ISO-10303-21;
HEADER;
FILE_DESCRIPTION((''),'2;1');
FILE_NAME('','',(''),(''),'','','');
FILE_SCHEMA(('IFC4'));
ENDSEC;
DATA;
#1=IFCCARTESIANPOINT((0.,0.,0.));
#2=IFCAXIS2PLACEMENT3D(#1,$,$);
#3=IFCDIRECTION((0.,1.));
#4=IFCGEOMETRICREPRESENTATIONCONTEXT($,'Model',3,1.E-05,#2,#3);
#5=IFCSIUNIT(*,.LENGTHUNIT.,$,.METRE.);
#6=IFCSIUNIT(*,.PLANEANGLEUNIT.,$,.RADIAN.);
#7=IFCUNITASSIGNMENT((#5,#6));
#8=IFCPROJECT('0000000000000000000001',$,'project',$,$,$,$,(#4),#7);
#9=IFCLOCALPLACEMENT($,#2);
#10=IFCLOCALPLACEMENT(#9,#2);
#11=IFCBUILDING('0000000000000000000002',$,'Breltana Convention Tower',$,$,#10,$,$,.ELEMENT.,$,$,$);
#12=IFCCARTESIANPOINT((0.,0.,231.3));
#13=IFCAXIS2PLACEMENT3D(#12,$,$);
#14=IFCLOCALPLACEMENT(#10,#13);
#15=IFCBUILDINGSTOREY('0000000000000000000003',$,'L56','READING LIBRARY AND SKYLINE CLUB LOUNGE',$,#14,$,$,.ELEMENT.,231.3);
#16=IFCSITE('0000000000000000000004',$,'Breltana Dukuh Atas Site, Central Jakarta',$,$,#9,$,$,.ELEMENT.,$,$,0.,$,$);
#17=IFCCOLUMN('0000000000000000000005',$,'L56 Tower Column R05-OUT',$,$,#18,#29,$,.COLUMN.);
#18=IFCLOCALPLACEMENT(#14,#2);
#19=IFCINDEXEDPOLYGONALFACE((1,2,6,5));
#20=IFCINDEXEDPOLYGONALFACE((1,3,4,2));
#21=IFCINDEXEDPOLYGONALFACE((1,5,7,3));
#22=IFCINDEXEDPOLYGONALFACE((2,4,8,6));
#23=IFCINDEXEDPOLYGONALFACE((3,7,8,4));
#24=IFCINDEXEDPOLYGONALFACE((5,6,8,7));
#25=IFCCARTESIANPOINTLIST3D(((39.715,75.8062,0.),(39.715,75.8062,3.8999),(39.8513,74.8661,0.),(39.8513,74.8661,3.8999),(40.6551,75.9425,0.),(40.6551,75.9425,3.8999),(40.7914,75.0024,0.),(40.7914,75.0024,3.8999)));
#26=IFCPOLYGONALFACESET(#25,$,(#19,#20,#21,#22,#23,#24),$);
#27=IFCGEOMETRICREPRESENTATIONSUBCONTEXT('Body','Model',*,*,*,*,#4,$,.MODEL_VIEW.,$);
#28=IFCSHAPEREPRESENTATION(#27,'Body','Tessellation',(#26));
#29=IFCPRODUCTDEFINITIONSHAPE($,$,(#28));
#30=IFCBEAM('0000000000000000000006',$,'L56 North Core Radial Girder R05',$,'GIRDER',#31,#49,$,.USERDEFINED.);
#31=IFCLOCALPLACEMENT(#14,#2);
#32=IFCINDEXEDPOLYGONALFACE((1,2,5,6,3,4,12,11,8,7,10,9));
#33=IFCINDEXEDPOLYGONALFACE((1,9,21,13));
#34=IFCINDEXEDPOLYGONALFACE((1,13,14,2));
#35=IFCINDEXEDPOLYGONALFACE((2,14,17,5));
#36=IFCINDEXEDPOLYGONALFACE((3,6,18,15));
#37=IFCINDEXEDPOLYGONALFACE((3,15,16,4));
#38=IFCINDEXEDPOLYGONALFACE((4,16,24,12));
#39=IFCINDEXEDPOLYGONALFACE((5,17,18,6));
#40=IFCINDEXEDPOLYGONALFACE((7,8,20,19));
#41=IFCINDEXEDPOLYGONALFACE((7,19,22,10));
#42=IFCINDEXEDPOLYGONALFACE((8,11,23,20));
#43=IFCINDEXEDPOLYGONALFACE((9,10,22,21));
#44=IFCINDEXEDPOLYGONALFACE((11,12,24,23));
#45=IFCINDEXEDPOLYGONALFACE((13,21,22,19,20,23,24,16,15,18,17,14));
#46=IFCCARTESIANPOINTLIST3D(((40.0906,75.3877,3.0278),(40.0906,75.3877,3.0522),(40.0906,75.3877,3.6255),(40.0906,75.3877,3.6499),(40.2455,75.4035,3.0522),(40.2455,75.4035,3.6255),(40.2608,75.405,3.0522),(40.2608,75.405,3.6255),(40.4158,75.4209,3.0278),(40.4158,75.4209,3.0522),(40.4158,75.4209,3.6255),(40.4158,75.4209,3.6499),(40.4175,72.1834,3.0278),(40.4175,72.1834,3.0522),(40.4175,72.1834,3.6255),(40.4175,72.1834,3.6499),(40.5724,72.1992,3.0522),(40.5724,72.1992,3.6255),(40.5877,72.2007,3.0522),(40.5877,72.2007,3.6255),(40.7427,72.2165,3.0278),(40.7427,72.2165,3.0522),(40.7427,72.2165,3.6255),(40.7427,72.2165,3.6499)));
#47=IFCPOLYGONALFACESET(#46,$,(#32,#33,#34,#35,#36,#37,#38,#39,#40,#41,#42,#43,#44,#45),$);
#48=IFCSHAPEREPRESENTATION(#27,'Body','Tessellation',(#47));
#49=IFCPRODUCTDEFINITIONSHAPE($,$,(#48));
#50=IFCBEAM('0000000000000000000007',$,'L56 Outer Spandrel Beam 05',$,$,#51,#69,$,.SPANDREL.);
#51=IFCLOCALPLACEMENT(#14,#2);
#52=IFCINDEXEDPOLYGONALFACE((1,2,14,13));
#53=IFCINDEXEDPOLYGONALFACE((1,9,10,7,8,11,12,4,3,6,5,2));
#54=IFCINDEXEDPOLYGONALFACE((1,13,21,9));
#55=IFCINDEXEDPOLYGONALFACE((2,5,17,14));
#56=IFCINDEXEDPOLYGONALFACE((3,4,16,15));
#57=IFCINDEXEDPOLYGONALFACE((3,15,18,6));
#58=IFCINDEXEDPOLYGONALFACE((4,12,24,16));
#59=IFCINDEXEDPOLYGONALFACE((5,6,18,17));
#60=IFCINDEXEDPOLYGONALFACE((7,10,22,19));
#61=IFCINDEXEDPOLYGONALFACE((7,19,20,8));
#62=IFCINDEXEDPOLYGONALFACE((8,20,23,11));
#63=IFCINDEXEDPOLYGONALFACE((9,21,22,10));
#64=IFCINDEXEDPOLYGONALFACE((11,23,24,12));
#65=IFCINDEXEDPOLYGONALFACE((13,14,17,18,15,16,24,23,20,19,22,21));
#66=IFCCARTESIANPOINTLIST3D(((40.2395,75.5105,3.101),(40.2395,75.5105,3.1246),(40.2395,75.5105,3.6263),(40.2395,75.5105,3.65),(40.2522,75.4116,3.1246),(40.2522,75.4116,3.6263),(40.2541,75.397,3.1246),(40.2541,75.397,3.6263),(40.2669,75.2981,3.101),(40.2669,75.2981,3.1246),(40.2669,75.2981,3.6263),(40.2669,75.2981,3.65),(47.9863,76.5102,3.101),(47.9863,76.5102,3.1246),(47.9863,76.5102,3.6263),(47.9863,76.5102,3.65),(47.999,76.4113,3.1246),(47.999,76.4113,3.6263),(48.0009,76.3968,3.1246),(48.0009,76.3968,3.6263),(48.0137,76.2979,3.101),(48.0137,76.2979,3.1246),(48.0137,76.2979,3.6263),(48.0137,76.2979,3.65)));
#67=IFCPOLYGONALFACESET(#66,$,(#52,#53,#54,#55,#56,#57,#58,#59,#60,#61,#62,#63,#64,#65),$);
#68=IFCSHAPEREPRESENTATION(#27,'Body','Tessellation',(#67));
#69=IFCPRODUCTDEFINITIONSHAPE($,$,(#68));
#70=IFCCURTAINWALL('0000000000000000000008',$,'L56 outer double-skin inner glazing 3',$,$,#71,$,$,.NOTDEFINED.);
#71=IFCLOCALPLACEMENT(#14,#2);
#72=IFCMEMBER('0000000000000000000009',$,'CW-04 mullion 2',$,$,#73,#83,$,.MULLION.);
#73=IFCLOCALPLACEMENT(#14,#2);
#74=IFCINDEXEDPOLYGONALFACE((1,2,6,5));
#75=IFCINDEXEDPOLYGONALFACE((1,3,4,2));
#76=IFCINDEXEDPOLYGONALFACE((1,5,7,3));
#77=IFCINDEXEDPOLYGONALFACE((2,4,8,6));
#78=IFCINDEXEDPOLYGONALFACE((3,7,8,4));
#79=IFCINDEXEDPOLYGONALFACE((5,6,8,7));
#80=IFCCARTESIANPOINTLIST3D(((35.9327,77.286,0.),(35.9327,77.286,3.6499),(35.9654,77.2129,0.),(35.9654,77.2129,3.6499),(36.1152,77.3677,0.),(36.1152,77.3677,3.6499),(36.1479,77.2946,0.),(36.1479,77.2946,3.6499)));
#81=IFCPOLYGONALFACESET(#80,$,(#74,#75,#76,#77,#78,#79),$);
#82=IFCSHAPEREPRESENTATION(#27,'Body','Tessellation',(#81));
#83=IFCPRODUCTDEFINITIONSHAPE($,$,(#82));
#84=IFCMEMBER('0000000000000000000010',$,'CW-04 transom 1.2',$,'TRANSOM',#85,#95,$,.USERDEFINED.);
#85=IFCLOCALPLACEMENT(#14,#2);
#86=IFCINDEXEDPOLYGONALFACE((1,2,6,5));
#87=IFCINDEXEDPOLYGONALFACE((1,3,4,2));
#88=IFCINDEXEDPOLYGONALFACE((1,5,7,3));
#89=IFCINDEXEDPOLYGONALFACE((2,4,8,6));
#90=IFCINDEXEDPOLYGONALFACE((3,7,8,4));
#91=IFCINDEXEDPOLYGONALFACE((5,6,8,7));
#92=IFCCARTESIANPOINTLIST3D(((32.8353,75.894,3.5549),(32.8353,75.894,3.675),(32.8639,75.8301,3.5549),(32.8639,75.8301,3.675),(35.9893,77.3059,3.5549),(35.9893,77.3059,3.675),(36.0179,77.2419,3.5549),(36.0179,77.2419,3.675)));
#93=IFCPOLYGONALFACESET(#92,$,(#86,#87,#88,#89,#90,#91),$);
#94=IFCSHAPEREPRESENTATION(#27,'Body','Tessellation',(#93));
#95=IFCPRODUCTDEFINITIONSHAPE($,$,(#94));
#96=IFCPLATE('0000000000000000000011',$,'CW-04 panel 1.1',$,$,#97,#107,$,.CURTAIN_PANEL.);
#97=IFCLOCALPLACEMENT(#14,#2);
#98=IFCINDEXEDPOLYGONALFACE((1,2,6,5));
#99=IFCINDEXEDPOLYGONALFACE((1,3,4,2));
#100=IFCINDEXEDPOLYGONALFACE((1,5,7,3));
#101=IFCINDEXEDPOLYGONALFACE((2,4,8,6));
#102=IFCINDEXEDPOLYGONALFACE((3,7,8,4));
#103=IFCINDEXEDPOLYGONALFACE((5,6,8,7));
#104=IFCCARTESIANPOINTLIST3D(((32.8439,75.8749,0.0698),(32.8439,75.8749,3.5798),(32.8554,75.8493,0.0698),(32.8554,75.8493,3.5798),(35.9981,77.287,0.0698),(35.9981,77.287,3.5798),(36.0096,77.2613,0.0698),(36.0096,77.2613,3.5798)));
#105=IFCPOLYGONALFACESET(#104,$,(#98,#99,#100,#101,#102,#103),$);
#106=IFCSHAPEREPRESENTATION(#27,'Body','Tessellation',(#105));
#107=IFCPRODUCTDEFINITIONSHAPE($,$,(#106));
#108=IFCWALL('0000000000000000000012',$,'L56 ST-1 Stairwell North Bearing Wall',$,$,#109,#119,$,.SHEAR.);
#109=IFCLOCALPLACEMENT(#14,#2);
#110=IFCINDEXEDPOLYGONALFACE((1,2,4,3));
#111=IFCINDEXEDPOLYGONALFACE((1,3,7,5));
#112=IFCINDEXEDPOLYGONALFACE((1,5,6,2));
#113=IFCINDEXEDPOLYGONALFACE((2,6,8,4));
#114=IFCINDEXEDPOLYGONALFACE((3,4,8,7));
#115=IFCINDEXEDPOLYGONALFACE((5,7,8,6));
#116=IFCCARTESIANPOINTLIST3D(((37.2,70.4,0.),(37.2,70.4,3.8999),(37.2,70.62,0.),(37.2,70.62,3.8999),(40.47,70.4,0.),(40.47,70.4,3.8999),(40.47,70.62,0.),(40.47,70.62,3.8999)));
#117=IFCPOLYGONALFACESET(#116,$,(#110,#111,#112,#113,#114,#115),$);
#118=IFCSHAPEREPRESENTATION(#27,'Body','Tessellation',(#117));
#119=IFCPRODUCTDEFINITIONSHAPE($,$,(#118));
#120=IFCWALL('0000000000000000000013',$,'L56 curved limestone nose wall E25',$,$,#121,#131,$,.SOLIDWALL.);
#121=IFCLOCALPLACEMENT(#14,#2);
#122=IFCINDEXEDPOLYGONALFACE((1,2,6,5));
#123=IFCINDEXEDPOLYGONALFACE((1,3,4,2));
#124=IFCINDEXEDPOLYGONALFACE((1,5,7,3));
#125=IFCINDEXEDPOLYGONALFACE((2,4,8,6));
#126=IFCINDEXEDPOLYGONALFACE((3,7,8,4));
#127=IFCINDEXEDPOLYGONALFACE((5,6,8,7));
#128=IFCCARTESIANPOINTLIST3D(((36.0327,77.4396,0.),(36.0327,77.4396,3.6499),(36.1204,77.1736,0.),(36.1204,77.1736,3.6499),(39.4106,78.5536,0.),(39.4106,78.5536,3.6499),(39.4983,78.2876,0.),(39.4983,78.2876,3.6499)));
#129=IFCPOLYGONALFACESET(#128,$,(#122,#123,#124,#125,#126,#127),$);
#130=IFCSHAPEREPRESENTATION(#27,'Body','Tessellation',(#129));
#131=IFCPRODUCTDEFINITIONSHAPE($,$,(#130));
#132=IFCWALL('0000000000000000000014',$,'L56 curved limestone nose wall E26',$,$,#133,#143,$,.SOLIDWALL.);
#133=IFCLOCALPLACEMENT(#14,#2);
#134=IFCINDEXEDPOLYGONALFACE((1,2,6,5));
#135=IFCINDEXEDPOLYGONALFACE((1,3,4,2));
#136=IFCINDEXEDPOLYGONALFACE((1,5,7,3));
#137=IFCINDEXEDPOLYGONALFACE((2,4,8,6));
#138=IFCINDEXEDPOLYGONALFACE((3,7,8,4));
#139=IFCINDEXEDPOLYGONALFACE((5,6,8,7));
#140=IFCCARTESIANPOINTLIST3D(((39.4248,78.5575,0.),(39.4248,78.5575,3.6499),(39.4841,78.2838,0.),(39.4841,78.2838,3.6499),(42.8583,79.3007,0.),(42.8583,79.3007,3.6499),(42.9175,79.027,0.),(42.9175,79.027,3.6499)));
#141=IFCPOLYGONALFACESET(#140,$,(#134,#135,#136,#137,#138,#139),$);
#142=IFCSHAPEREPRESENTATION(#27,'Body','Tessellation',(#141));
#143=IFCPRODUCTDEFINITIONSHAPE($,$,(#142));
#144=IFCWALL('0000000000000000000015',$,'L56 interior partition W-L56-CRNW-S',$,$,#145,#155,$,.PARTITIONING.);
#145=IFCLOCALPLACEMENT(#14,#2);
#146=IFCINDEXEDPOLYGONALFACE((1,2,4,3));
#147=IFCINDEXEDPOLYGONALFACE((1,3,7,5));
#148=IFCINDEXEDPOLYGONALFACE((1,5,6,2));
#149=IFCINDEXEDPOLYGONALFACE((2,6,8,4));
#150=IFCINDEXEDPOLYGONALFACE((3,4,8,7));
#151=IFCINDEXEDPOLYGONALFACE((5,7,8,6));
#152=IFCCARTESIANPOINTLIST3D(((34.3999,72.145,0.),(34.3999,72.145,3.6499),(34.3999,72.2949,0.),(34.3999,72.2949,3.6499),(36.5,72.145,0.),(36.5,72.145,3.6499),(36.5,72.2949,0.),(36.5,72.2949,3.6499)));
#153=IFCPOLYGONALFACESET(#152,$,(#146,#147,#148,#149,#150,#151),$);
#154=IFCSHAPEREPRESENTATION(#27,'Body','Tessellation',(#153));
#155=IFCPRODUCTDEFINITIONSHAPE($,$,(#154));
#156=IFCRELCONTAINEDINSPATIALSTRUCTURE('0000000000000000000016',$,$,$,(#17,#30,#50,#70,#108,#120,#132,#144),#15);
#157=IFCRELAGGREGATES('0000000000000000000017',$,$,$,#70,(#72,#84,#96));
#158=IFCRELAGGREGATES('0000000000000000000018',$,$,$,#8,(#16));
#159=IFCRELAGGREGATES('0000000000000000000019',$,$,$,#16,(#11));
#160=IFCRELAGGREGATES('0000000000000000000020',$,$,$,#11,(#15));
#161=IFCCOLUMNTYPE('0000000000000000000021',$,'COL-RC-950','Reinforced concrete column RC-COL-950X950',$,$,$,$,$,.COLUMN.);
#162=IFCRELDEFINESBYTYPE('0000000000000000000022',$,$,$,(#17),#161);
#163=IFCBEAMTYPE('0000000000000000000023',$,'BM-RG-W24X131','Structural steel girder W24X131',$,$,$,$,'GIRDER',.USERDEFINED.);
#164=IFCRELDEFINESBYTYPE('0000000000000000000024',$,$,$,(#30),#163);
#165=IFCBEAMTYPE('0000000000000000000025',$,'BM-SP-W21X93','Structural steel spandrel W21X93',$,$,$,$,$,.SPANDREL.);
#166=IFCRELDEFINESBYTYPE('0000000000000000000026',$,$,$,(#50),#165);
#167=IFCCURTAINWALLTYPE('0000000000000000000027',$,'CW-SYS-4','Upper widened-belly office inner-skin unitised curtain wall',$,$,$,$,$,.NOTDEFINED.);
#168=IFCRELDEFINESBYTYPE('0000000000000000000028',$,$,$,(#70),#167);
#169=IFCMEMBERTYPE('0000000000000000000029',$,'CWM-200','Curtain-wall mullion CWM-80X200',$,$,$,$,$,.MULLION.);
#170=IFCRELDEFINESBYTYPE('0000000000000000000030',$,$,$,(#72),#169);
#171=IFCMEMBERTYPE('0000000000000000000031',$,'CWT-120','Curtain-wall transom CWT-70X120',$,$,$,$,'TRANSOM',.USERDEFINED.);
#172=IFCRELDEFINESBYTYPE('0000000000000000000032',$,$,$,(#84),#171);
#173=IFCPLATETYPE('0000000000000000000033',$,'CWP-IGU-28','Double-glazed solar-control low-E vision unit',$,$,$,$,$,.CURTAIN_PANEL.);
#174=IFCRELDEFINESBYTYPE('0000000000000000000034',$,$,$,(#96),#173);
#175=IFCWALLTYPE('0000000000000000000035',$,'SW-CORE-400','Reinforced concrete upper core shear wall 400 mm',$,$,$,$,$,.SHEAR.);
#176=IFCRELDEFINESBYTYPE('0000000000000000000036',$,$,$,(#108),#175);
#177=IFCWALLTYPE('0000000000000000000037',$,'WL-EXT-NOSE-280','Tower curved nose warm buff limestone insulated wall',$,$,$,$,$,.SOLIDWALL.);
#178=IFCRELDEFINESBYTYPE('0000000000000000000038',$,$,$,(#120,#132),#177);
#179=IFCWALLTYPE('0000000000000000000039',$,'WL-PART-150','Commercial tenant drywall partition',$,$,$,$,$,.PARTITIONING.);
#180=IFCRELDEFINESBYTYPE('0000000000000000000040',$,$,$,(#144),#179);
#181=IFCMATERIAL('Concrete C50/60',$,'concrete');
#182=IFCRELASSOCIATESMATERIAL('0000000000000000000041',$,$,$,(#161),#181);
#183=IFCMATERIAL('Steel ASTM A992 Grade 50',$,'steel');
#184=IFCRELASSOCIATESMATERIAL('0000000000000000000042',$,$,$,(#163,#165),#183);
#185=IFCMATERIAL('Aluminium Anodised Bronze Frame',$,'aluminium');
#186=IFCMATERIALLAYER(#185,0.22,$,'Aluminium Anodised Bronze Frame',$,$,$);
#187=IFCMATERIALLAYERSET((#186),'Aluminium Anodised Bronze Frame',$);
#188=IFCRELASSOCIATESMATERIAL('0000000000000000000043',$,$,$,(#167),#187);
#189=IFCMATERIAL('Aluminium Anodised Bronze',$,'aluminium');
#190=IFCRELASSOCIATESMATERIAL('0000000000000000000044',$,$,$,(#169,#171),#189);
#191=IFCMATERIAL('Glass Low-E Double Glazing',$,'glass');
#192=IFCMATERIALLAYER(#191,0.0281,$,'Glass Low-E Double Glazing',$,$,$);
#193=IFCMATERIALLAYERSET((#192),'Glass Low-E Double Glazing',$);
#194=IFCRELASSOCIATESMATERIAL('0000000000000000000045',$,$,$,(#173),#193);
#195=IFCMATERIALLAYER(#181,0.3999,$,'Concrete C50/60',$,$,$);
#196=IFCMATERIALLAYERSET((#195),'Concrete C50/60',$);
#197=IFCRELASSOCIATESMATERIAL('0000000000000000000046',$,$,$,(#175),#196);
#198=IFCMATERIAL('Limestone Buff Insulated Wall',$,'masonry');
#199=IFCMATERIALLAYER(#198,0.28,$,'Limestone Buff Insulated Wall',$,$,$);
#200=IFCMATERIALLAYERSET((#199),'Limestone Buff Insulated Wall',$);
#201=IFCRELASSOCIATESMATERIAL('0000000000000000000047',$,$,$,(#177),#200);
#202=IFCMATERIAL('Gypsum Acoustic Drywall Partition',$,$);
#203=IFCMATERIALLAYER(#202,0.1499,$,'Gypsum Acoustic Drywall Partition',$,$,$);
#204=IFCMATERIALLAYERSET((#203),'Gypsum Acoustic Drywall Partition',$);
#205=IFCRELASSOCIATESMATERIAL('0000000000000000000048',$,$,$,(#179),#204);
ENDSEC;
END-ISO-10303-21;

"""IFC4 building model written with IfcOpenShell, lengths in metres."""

from ifc_helpers import new_model, si_unit, direction, frame, frame_2d, origin, origin_2d, place, context, subcontext, project, spatial, rectangle, i_section, extrude, source, transform, mapped, material, layer, layer_set, material_profile, profile_set, type_object, element, aggregate, save


model = new_model("IFC4")

# Units and contexts
model_context = context("Model", 3, precision=1e-05, world=origin(), true_north=direction((0.0, 1.0)))
body_context = subcontext(model_context, "Body", "Model", "MODEL_VIEW")
ifc_project = project(units=[si_unit("LENGTHUNIT", "METRE"), si_unit("PLANEANGLEUNIT", "RADIAN")], contexts=[model_context])

# Site, building, storey
site_placement = place(None, origin())
site = spatial("IfcSite", under=ifc_project, at=site_placement, Name="Breltana Dukuh Atas Site, Central Jakarta", CompositionType="ELEMENT", RefElevation=0.0)
building_placement = place(site_placement, origin())
building = spatial("IfcBuilding", under=site, at=building_placement, Name="Breltana Convention Tower", CompositionType="ELEMENT")
storey_placement = place(building_placement, frame((0.0, 0.0, 231.3)))
storey = spatial("IfcBuildingStorey", under=building, at=storey_placement, Name="L56", Description="READING LIBRARY AND SKYLINE CLUB LOUNGE", CompositionType="ELEMENT", Elevation=231.3)

# Column
ifc_material_1 = material(Name="Concrete C50/60", Category="concrete")
ifc_material_profile_1 = material_profile(ifc_material_1, rectangle(XDim=0.95, YDim=0.95, at=origin_2d()), Name="RC-COL-950X950")
ifc_profile_set_1 = profile_set([ifc_material_profile_1], Name="Concrete C50/60")
column_type = type_object("IfcColumnType", Name="COL-RC-950", Description="Reinforced concrete column RC-COL-950X950", PredefinedType="COLUMN", material=ifc_profile_set_1)
shared_shape_1 = source(origin(), body_context, "Body", "SweptSolid", [
    extrude(rectangle(XDim=0.95, YDim=0.95, at=origin_2d()), origin(), (0.0, 0.0, 1.0), 3.8999),
])
column_placement = place(storey_placement, frame((40.2532, 75.4043, 0.0), z_axis=(0.0, 0.0, 1.0), x_axis=(-0.143493, 0.989651, 0.0)))
element("IfcColumn", 1, at=column_placement, inside=storey, type_object=column_type, Name="L56 Tower Column R05-OUT", PredefinedType="COLUMN", context=body_context, shape_type="MappedRepresentation", body=[
    mapped(shared_shape_1, transform((0.0, 0.0, 0.0), scale=1.0)),
])

# Beams
ifc_material_2 = material(Name="Steel ASTM A992 Grade 50", Category="steel")
ifc_material_profile_2 = material_profile(ifc_material_2, i_section(OverallWidth=0.3269, OverallDepth=0.6221, WebThickness=0.0154, FlangeThickness=0.0244, at=origin_2d()), Name="W24X131")
ifc_profile_set_2 = profile_set([ifc_material_profile_2], Name="Steel ASTM A992 Grade 50")
beam_type_1 = type_object("IfcBeamType", Name="BM-RG-W24X131", Description="Structural steel girder W24X131", ElementType="GIRDER", PredefinedType="USERDEFINED", material=ifc_profile_set_2)
shared_shape_2 = source(origin(), body_context, "Body", "SweptSolid", [
    extrude(i_section(OverallWidth=0.3269, OverallDepth=0.6221, WebThickness=0.0154, FlangeThickness=0.0244, at=origin_2d()), origin(), (0.0, 0.0, 1.0), 3.2209),
])
beam_1_placement = place(storey_placement, frame((40.5801, 72.2, 3.3389), z_axis=(-0.101492, 0.994836, 0.0), x_axis=(-0.994836, -0.101492, 0.0)))
element("IfcBeam", 2, at=beam_1_placement, inside=storey, type_object=beam_type_1, Name="L56 North Core Radial Girder R05", ObjectType="GIRDER", PredefinedType="USERDEFINED", context=body_context, shape_type="MappedRepresentation", body=[
    mapped(shared_shape_2, transform((0.0, 0.0, 0.0), scale=1.0)),
])
ifc_material_profile_3 = material_profile(ifc_material_2, i_section(OverallWidth=0.2141, OverallDepth=0.5491, WebThickness=0.0146, FlangeThickness=0.0237, at=origin_2d()), Name="W21X93")
ifc_profile_set_3 = profile_set([ifc_material_profile_3], Name="Steel ASTM A992 Grade 50")
beam_type_2 = type_object("IfcBeamType", Name="BM-SP-W21X93", Description="Structural steel spandrel W21X93", PredefinedType="SPANDREL", material=ifc_profile_set_3)
shared_shape_3 = source(origin(), body_context, "Body", "SweptSolid", [
    extrude(i_section(OverallWidth=0.2141, OverallDepth=0.5491, WebThickness=0.0146, FlangeThickness=0.0237, at=origin_2d()), origin(), (0.0, 0.0, 1.0), 7.811),
])
beam_2_placement = place(storey_placement, frame((40.2532, 75.4043, 3.3755), z_axis=(0.991775, 0.127992, 0.0), x_axis=(-0.127992, 0.991775, 0.0)))
element("IfcBeam", 3, at=beam_2_placement, inside=storey, type_object=beam_type_2, Name="L56 Outer Spandrel Beam 05", PredefinedType="SPANDREL", context=body_context, shape_type="MappedRepresentation", body=[
    mapped(shared_shape_3, transform((0.0, 0.0, 0.0), scale=1.0)),
])

# Curtain wall, members, plate
ifc_material_3 = material(Name="Aluminium Anodised Bronze Frame", Category="aluminium")
ifc_layer_1 = layer(ifc_material_3, 0.22, Name="Aluminium Anodised Bronze Frame")
ifc_layer_set_1 = layer_set([ifc_layer_1], Name="Aluminium Anodised Bronze Frame")
curtain_wall_type = type_object("IfcCurtainWallType", Name="CW-SYS-4", Description="Upper widened-belly office inner-skin unitised curtain wall", PredefinedType="NOTDEFINED", material=ifc_layer_set_1)
curtain_wall_placement = place(storey_placement, origin())
curtain_wall = element("IfcCurtainWall", 4, at=curtain_wall_placement, inside=storey, type_object=curtain_wall_type, Name="L56 outer double-skin inner glazing 3", PredefinedType="NOTDEFINED")
ifc_material_4 = material(Name="Aluminium Anodised Bronze", Category="aluminium")
ifc_material_profile_4 = material_profile(ifc_material_4, rectangle(XDim=0.0801, YDim=0.2, at=origin_2d()), Name="CWM-80X200")
ifc_profile_set_4 = profile_set([ifc_material_profile_4], Name="Aluminium Anodised Bronze")
member_type_1 = type_object("IfcMemberType", Name="CWM-200", Description="Curtain-wall mullion CWM-80X200", PredefinedType="MULLION", material=ifc_profile_set_4)
shared_shape_4 = source(origin(), body_context, "Body", "SweptSolid", [
    extrude(rectangle(XDim=0.0801, YDim=0.2, at=origin_2d()), origin(), (0.0, 0.0, 1.0), 3.6499),
])
member_1_placement = place(storey_placement, frame((36.0403, 77.2903, 0.0), z_axis=(0.0, 0.0, 1.0), x_axis=(-0.408606, 0.912711, 0.0)))
member_1 = element("IfcMember", 5, at=member_1_placement, type_object=member_type_1, Name="CW-04 mullion 2", PredefinedType="MULLION", context=body_context, shape_type="MappedRepresentation", body=[
    mapped(shared_shape_4, transform((0.0, 0.0, 0.0), scale=1.0)),
])
ifc_material_profile_5 = material_profile(ifc_material_4, rectangle(XDim=0.0701, YDim=0.1201, at=origin_2d()), Name="CWT-70X120")
ifc_profile_set_5 = profile_set([ifc_material_profile_5], Name="Aluminium Anodised Bronze")
member_type_2 = type_object("IfcMemberType", Name="CWT-120", Description="Curtain-wall transom CWT-70X120", ElementType="TRANSOM", PredefinedType="USERDEFINED", material=ifc_profile_set_5)
shared_shape_5 = source(origin(), body_context, "Body", "SweptSolid", [
    extrude(rectangle(XDim=0.0701, YDim=0.1201, at=origin_2d()), origin(), (0.0, 0.0, 1.0), 3.4556),
])
member_2_placement = place(storey_placement, frame((32.8496, 75.8621, 3.615), z_axis=(0.912727, 0.408569, 0.0), x_axis=(-0.408569, 0.912727, 0.0)))
member_2 = element("IfcMember", 6, at=member_2_placement, type_object=member_type_2, Name="CW-04 transom 1.2", ObjectType="TRANSOM", PredefinedType="USERDEFINED", context=body_context, shape_type="MappedRepresentation", body=[
    mapped(shared_shape_5, transform((0.0, 0.0, 0.0), scale=1.0)),
])
ifc_material_5 = material(Name="Glass Low-E Double Glazing", Category="glass")
ifc_layer_2 = layer(ifc_material_5, 0.0281, Name="Glass Low-E Double Glazing")
ifc_layer_set_2 = layer_set([ifc_layer_2], Name="Glass Low-E Double Glazing")
plate_type = type_object("IfcPlateType", Name="CWP-IGU-28", Description="Double-glazed solar-control low-E vision unit", PredefinedType="CURTAIN_PANEL", material=ifc_layer_set_2)
shared_shape_6 = source(origin(), body_context, "Body", "SweptSolid", [
    extrude(rectangle(XDim=3.4558, YDim=0.0281, at=origin_2d()), origin(), (0.0, 0.0, 1.0), 3.51),
])
plate_placement = place(storey_placement, frame((34.4268, 76.5681, 0.0698), z_axis=(0.0, 0.0, 1.0), x_axis=(0.912711, 0.408606, 0.0)))
plate = element("IfcPlate", 7, at=plate_placement, type_object=plate_type, Name="CW-04 panel 1.1", PredefinedType="CURTAIN_PANEL", context=body_context, shape_type="MappedRepresentation", body=[
    mapped(shared_shape_6, transform((0.0, 0.0, 0.0), scale=1.0)),
])
aggregate(curtain_wall, [member_1, member_2, plate])

# Wall
ifc_layer_3 = layer(ifc_material_1, 0.3999, Name="Concrete C50/60")
ifc_layer_set_3 = layer_set([ifc_layer_3], Name="Concrete C50/60")
wall_type_1 = type_object("IfcWallType", Name="SW-CORE-400", Description="Reinforced concrete upper core shear wall 400 mm", PredefinedType="SHEAR", material=ifc_layer_set_3)
shared_shape_7 = source(origin(), body_context, "Body", "SweptSolid", [
    extrude(rectangle(XDim=3.27, YDim=0.22, at=frame_2d((1.635, 0.0))), origin(), (0.0, 0.0, 1.0), 3.8999),
])
wall_1_placement = place(storey_placement, frame((37.2, 70.51, 0.0), z_axis=(0.0, 0.0, 1.0), x_axis=(1.0, 0.0, 0.0)))
element("IfcWall", 8, at=wall_1_placement, inside=storey, type_object=wall_type_1, Name="L56 ST-1 Stairwell North Bearing Wall", PredefinedType="SHEAR", context=body_context, shape_type="MappedRepresentation", body=[
    mapped(shared_shape_7, transform((0.0, 0.0, 0.0), scale=1.0)),
])

# Walls
ifc_material_6 = material(Name="Limestone Buff Insulated Wall", Category="masonry")
ifc_layer_4 = layer(ifc_material_6, 0.28, Name="Limestone Buff Insulated Wall")
ifc_layer_set_4 = layer_set([ifc_layer_4], Name="Limestone Buff Insulated Wall")
wall_type_2 = type_object("IfcWallType", Name="WL-EXT-NOSE-280", Description="Tower curved nose warm buff limestone insulated wall", PredefinedType="SOLIDWALL", material=ifc_layer_set_4)
shared_shape_8 = source(origin(), body_context, "Body", "SweptSolid", [
    extrude(rectangle(XDim=3.5569, YDim=0.28, at=frame_2d((1.7783, 0.0))), origin(), (0.0, 0.0, 1.0), 3.6499),
])
wall_2_placement = place(storey_placement, frame((36.0767, 77.3066, 0.0), z_axis=(0.0, 0.0, 1.0), x_axis=(0.949687, 0.313199, 0.0)))
element("IfcWall", 9, at=wall_2_placement, inside=storey, type_object=wall_type_2, Name="L56 curved limestone nose wall E25", PredefinedType="SOLIDWALL", context=body_context, shape_type="MappedRepresentation", body=[
    mapped(shared_shape_8, transform((0.0, 0.0, 0.0), scale=1.0)),
])
shared_shape_9 = source(origin(), body_context, "Body", "SweptSolid", [
    extrude(rectangle(XDim=3.5129, YDim=0.28, at=frame_2d((1.7563, 0.0))), origin(), (0.0, 0.0, 1.0), 3.6499),
])
wall_3_placement = place(storey_placement, frame((39.4546, 78.4207, 0.0), z_axis=(0.0, 0.0, 1.0), x_axis=(0.977366, 0.211555, 0.0)))
element("IfcWall", 10, at=wall_3_placement, inside=storey, type_object=wall_type_2, Name="L56 curved limestone nose wall E26", PredefinedType="SOLIDWALL", context=body_context, shape_type="MappedRepresentation", body=[
    mapped(shared_shape_9, transform((0.0, 0.0, 0.0), scale=1.0)),
])
ifc_material_7 = material(Name="Gypsum Acoustic Drywall Partition")
ifc_layer_5 = layer(ifc_material_7, 0.1499, Name="Gypsum Acoustic Drywall Partition")
ifc_layer_set_5 = layer_set([ifc_layer_5], Name="Gypsum Acoustic Drywall Partition")
wall_type_3 = type_object("IfcWallType", Name="WL-PART-150", Description="Commercial tenant drywall partition", PredefinedType="PARTITIONING", material=ifc_layer_set_5)
shared_shape_10 = source(origin(), body_context, "Body", "SweptSolid", [
    extrude(rectangle(XDim=2.1001, YDim=0.1499, at=frame_2d((1.05, 0.0))), origin(), (0.0, 0.0, 1.0), 3.6499),
])
wall_4_placement = place(storey_placement, frame((34.3999, 72.22, 0.0), z_axis=(0.0, 0.0, 1.0), x_axis=(1.0, 0.0, 0.0)))
element("IfcWall", 11, at=wall_4_placement, inside=storey, type_object=wall_type_3, Name="L56 interior partition W-L56-CRNW-S", PredefinedType="PARTITIONING", context=body_context, shape_type="MappedRepresentation", body=[
    mapped(shared_shape_10, transform((0.0, 0.0, 0.0), scale=1.0)),
])

save(model, "model.ifc")
